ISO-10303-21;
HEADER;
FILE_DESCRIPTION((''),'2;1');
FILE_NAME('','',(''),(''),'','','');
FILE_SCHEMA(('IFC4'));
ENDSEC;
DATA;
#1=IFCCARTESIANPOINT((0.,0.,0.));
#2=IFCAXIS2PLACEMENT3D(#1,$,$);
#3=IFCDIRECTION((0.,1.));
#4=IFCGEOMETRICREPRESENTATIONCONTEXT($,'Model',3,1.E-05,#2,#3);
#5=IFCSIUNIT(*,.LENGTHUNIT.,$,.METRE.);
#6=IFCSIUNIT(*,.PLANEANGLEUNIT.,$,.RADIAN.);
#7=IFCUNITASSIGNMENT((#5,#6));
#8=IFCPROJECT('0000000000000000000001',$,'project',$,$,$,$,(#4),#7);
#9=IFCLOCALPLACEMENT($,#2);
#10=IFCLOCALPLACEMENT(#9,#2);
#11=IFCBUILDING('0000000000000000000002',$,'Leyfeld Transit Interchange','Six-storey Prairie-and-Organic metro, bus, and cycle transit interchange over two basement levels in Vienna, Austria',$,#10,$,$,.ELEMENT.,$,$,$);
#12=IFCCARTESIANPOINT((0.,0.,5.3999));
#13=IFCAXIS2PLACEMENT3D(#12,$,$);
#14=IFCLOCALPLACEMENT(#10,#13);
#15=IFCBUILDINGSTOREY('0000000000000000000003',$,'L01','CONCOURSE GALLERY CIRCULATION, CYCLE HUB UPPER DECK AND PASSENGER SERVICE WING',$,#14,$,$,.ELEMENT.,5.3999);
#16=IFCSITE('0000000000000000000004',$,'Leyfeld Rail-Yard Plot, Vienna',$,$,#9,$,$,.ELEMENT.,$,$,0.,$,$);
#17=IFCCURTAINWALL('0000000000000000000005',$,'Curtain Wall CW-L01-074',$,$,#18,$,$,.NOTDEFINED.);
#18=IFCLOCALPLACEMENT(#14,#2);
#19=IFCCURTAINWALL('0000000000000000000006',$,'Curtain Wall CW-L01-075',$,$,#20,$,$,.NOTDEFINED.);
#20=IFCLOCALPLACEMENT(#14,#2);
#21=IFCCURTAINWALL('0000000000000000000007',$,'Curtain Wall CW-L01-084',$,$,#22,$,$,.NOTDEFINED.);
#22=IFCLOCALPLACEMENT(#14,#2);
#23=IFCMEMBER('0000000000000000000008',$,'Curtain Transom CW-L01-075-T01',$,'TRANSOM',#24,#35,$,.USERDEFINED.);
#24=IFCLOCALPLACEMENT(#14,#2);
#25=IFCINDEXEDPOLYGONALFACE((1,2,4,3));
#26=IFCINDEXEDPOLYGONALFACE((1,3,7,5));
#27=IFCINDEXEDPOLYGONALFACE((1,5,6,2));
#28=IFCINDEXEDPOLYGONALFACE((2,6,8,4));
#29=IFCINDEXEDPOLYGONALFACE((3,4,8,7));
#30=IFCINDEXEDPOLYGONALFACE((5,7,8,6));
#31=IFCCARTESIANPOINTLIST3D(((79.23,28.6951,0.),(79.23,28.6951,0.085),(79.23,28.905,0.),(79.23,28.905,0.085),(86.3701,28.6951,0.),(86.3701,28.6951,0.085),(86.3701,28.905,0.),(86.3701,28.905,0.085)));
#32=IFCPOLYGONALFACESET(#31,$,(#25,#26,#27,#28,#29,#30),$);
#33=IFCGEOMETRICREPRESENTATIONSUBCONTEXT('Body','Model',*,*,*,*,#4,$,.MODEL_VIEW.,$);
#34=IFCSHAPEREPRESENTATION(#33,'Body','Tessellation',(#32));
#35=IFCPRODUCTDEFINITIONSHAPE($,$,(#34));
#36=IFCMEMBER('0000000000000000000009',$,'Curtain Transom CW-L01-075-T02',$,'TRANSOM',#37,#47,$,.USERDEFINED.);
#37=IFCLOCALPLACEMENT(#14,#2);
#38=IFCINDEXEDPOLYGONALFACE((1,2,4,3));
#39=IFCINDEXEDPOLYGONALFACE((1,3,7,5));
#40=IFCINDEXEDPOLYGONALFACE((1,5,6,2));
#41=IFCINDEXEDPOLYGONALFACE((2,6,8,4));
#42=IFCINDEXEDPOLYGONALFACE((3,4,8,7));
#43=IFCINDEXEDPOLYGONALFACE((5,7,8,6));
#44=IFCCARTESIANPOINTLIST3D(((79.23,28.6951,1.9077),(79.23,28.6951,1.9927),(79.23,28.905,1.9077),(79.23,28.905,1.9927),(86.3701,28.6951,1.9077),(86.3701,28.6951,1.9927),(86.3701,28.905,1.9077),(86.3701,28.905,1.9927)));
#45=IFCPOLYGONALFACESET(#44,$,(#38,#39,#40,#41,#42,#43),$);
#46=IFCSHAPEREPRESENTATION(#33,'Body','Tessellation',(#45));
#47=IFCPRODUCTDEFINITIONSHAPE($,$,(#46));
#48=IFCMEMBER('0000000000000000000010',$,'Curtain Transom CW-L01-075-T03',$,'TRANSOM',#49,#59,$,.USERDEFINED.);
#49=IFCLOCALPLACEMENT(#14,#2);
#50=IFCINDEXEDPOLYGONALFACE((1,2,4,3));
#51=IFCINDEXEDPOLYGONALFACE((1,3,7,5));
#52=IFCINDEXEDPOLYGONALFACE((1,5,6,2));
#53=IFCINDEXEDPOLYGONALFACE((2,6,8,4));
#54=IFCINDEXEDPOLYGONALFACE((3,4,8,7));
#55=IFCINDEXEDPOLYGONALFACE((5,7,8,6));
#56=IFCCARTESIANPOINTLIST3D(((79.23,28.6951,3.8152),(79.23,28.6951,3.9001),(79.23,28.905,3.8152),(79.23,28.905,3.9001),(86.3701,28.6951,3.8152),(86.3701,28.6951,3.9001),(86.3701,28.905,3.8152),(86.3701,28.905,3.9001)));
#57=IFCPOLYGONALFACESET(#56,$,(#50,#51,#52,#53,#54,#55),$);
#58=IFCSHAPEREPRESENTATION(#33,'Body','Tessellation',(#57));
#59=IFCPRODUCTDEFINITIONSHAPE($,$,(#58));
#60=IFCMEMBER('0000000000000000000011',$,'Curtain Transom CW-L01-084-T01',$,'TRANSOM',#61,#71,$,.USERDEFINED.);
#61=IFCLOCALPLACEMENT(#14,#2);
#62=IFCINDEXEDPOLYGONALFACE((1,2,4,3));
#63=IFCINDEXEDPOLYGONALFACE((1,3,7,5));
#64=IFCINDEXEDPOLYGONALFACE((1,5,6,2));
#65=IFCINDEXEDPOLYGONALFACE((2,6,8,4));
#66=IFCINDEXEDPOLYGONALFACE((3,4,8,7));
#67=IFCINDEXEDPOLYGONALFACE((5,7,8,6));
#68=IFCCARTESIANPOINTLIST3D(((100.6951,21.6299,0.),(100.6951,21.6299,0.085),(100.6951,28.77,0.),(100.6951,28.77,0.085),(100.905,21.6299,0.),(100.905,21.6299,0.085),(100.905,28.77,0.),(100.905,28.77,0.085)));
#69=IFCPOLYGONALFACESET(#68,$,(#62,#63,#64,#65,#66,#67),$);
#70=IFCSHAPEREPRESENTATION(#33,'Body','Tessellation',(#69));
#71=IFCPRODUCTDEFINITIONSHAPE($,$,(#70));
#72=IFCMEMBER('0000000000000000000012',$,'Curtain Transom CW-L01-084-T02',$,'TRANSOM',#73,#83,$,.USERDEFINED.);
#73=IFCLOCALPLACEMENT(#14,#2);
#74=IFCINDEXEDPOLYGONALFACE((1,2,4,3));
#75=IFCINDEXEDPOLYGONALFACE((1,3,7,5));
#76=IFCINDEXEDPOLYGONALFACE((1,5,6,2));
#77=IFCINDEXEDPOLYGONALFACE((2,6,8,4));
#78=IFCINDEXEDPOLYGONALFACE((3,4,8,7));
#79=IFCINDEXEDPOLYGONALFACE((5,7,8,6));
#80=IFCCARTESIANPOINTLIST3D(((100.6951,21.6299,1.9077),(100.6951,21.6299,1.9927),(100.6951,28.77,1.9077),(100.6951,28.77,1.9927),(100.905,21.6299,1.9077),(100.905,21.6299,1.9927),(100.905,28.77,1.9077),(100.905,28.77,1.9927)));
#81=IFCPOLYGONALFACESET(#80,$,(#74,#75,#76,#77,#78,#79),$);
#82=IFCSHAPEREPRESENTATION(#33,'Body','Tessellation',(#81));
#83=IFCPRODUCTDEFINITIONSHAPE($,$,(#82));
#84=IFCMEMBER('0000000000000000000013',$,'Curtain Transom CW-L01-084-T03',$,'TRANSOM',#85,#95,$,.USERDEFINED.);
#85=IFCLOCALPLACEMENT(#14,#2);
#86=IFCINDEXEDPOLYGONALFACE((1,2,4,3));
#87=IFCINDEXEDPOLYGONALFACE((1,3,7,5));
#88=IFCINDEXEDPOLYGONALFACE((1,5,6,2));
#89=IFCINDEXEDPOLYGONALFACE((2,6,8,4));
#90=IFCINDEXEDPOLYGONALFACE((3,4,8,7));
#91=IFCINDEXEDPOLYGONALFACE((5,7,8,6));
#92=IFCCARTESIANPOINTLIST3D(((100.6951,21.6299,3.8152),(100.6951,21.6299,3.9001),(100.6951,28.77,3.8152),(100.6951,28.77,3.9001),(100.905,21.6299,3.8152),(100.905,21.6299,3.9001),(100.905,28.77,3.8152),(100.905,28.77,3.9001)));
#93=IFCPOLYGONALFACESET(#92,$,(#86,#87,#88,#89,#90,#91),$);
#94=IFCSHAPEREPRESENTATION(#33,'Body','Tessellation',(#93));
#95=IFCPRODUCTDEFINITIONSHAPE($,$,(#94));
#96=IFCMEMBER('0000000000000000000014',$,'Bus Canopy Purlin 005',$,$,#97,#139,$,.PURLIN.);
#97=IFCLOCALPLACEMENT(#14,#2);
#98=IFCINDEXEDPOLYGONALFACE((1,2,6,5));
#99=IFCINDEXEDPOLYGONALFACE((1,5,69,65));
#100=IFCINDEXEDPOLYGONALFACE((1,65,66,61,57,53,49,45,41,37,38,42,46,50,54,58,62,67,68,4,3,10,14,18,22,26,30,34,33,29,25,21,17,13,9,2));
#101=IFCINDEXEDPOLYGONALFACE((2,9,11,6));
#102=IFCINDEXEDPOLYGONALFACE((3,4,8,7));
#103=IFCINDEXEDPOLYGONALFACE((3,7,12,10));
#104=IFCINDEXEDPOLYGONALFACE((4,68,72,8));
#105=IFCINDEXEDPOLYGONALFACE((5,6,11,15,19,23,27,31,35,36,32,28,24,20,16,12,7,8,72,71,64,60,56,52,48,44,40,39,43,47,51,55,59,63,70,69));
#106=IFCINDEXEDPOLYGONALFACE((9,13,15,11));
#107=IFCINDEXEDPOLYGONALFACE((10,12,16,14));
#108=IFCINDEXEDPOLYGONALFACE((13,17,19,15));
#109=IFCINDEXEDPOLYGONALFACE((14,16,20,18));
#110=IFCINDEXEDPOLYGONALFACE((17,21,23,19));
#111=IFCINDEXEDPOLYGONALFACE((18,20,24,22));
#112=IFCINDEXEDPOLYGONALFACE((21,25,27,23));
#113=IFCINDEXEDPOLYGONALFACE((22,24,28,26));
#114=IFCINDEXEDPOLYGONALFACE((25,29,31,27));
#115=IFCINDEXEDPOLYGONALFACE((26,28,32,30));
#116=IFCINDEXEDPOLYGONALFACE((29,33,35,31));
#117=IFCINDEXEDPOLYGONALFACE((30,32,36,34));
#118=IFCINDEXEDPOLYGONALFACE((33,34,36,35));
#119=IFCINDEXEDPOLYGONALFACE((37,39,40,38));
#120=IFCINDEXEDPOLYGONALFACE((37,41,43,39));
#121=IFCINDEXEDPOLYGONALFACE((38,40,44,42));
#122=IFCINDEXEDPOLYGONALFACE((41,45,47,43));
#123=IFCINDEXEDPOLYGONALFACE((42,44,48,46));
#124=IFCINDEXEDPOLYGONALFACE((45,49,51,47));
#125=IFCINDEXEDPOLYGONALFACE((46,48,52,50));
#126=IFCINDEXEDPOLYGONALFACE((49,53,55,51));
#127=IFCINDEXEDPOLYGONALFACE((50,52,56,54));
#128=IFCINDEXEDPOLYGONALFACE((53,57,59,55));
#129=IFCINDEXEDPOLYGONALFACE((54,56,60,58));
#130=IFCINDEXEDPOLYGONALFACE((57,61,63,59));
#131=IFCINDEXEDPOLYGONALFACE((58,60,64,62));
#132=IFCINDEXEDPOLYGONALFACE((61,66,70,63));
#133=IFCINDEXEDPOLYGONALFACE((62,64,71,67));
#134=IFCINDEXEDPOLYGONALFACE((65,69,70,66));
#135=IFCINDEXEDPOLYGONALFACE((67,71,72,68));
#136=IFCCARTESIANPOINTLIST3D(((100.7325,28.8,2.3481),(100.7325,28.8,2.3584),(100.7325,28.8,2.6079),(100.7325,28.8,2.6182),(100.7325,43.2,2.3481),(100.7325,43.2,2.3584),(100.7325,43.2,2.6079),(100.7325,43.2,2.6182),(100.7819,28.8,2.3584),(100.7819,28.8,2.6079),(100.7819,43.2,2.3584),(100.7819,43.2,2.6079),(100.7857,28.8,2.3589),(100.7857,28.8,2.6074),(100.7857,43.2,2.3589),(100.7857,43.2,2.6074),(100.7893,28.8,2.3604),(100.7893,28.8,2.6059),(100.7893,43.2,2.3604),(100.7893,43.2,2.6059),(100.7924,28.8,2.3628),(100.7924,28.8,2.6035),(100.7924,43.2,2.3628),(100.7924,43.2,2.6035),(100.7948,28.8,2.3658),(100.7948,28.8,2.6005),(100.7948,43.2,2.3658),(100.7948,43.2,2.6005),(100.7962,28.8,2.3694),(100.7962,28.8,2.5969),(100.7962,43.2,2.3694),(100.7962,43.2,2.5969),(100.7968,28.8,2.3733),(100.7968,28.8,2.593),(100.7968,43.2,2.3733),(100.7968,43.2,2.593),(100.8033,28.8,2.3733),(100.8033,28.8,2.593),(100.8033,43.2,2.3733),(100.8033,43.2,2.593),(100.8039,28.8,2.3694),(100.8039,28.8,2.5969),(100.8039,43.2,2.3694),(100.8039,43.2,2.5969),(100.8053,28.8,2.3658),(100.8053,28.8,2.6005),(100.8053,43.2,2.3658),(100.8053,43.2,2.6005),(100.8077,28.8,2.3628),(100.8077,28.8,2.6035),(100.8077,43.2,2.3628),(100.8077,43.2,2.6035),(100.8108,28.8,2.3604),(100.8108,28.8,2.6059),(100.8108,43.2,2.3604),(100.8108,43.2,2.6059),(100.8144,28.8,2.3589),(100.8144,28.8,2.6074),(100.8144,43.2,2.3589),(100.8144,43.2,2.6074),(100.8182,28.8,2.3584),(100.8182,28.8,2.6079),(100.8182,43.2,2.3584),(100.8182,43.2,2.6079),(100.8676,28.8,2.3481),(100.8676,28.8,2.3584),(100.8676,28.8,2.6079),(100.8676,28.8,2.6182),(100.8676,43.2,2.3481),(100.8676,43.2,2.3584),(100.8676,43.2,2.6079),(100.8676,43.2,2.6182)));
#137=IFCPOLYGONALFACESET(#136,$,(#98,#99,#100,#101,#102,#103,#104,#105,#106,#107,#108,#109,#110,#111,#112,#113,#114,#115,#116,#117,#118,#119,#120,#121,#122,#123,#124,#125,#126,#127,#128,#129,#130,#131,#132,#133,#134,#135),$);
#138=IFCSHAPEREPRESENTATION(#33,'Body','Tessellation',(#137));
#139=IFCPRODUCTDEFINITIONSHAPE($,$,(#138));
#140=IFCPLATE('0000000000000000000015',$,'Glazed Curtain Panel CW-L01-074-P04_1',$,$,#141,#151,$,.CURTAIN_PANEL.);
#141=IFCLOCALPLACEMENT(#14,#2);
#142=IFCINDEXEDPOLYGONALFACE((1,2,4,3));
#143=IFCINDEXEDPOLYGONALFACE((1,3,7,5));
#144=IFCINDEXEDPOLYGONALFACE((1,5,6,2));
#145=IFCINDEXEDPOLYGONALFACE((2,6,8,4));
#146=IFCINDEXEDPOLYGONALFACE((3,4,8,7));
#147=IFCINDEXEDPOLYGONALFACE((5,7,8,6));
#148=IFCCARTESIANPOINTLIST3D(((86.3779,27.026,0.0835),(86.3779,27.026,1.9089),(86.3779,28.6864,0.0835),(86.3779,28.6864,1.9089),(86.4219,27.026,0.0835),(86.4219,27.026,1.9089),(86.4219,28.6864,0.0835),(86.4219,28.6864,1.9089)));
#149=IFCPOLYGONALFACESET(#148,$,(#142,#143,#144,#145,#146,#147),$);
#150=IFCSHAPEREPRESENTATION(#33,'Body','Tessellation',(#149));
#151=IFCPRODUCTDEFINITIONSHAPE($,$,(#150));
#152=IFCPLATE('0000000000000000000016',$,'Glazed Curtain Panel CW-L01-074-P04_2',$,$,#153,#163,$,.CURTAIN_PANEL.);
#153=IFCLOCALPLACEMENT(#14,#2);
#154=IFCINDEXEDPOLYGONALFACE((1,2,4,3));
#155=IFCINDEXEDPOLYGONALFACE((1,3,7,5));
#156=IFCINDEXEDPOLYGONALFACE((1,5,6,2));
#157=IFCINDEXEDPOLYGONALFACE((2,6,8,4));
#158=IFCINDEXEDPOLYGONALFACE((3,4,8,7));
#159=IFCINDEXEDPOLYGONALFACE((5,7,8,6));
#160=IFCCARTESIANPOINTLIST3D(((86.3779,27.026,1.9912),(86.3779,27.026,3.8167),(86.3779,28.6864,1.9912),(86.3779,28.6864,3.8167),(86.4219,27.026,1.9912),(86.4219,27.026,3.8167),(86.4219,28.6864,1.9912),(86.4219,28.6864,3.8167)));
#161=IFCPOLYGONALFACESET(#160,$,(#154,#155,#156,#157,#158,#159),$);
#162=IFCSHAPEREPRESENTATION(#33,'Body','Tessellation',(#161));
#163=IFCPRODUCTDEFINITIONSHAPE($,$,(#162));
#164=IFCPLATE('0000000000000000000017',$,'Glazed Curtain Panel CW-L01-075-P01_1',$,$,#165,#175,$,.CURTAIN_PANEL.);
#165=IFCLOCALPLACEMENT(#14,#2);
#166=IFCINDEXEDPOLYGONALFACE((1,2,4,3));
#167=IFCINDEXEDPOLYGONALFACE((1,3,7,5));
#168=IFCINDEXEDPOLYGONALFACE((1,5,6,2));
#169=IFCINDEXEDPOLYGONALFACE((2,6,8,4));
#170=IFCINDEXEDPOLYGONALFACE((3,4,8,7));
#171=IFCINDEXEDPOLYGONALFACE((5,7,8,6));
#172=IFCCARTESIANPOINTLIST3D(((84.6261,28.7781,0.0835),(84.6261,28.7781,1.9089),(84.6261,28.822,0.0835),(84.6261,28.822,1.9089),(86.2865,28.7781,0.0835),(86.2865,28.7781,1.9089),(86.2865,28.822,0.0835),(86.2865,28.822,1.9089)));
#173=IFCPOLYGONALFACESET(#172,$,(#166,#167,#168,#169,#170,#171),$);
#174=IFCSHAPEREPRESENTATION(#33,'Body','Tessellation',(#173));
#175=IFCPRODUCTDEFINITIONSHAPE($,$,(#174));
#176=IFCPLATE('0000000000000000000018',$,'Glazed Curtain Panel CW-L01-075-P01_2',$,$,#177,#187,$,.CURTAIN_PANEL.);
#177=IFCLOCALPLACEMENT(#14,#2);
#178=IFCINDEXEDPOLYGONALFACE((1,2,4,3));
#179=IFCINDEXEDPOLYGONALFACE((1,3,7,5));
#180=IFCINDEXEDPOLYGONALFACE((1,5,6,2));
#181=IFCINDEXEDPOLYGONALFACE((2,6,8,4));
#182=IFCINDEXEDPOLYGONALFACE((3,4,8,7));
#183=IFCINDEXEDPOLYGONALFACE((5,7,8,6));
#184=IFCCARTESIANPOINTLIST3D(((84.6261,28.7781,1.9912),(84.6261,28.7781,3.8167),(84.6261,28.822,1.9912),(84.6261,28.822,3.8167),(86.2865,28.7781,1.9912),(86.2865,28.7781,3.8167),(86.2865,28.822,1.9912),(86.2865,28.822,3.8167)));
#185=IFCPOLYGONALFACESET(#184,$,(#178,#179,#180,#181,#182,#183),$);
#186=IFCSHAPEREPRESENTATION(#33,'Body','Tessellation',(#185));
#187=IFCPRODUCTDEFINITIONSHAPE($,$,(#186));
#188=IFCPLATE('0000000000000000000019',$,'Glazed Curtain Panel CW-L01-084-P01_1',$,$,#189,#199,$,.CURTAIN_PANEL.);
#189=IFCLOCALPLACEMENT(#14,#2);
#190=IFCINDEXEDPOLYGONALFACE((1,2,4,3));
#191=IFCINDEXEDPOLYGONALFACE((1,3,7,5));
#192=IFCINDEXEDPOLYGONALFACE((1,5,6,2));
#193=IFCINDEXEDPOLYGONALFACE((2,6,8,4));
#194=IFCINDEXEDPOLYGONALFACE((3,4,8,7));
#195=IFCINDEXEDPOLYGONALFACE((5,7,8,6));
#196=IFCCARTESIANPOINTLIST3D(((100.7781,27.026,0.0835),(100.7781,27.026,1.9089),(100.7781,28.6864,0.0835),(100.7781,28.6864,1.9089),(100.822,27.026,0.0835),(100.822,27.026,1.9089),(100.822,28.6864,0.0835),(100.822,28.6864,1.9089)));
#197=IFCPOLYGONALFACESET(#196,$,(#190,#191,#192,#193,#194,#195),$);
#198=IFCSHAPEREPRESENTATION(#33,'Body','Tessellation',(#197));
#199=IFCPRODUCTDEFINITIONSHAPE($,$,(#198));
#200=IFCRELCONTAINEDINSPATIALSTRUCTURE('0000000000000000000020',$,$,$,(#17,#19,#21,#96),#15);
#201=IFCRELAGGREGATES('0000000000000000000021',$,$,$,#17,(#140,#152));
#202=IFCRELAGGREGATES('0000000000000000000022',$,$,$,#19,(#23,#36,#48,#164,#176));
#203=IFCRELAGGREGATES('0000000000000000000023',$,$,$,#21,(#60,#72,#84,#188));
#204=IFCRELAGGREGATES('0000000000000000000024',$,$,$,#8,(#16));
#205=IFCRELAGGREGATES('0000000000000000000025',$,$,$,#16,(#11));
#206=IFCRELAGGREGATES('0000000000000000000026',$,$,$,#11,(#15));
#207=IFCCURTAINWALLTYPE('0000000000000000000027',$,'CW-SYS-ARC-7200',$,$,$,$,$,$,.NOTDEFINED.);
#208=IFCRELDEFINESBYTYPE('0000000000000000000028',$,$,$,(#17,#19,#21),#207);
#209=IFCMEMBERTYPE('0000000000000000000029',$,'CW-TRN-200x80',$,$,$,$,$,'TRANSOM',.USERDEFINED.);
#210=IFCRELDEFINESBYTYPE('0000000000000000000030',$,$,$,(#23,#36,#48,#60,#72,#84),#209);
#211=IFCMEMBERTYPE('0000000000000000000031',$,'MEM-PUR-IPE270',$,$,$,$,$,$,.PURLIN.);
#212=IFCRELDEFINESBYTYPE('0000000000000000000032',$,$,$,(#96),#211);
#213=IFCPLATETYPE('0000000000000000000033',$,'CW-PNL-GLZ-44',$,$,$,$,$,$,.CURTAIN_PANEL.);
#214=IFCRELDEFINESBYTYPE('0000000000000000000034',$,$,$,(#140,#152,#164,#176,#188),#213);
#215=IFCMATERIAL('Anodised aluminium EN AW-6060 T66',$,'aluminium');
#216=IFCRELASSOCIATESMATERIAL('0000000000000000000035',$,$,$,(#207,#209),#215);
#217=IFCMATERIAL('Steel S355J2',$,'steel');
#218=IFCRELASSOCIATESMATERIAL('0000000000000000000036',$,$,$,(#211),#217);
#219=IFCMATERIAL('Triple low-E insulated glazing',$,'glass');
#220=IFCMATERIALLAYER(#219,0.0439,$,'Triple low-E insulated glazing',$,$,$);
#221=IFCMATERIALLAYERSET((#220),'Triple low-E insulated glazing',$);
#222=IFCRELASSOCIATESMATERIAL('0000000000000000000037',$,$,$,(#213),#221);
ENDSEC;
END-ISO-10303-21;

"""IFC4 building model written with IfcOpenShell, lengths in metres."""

from ifc_helpers import new_model, si_unit, direction, frame, origin, origin_2d, place, context, subcontext, project, spatial, rectangle, i_section, extrude, material, layer, layer_set, material_profile, profile_set, type_object, element, aggregate, save


model = new_model("IFC4")

# Units and contexts
model_context = context("Model", 3, precision=1e-05, world=origin(), true_north=direction((0.0, 1.0)))
body_context = subcontext(model_context, "Body", "Model", "MODEL_VIEW")
ifc_project = project(units=[si_unit("LENGTHUNIT", "METRE"), si_unit("PLANEANGLEUNIT", "RADIAN")], contexts=[model_context])

# Site, building, storey
site_placement = place(None, origin())
site = spatial("IfcSite", under=ifc_project, at=site_placement, Name="Leyfeld Rail-Yard Plot, Vienna", CompositionType="ELEMENT", RefElevation=0.0)
building_placement = place(site_placement, origin())
building = spatial("IfcBuilding", under=site, at=building_placement, Name="Leyfeld Transit Interchange", Description="Six-storey Prairie-and-Organic metro, bus, and cycle transit interchange over two basement levels in Vienna, Austria", CompositionType="ELEMENT")
storey_placement = place(building_placement, frame((0.0, 0.0, 5.3999)))
storey = spatial("IfcBuildingStorey", under=building, at=storey_placement, Name="L01", Description="CONCOURSE GALLERY CIRCULATION, CYCLE HUB UPPER DECK AND PASSENGER SERVICE WING", CompositionType="ELEMENT", Elevation=5.3999)

# Shared definitions
ifc_material_1 = material(Name="Steel S355J2", Category="steel")

# Curtain walls
ifc_material_2 = material(Name="Anodised aluminium EN AW-6060 T66", Category="aluminium")
curtain_wall_type = type_object("IfcCurtainWallType", Name="CW-SYS-ARC-7200", PredefinedType="NOTDEFINED", material=ifc_material_2)
curtain_wall_1_placement = place(storey_placement, origin())
curtain_wall_1 = element("IfcCurtainWall", 1, at=curtain_wall_1_placement, inside=storey, type_object=curtain_wall_type, Name="Curtain Wall CW-L01-074", PredefinedType="NOTDEFINED")
curtain_wall_2_placement = place(storey_placement, origin())
curtain_wall_2 = element("IfcCurtainWall", 2, at=curtain_wall_2_placement, inside=storey, type_object=curtain_wall_type, Name="Curtain Wall CW-L01-075", PredefinedType="NOTDEFINED")

# Curtain wall
curtain_wall_3_placement = place(storey_placement, origin())
curtain_wall_3 = element("IfcCurtainWall", 3, at=curtain_wall_3_placement, inside=storey, type_object=curtain_wall_type, Name="Curtain Wall CW-L01-084", PredefinedType="NOTDEFINED")

# Members
ifc_material_profile_1 = material_profile(ifc_material_2, rectangle(XDim=0.21, YDim=0.085, at=origin_2d()), Name="CW-TRN-200x80")
ifc_profile_set_1 = profile_set([ifc_material_profile_1], Name="Anodised aluminium EN AW-6060 T66")
member_type_1 = type_object("IfcMemberType", Name="CW-TRN-200x80", ElementType="TRANSOM", PredefinedType="USERDEFINED", material=ifc_profile_set_1)
member_1_placement = place(storey_placement, frame((86.3701, 28.8, 0.0425), z_axis=(-1.0, 0.0, 0.0), x_axis=(0.0, -1.0, 0.0)))
member_1 = element("IfcMember", 4, at=member_1_placement, type_object=member_type_1, Name="Curtain Transom CW-L01-075-T01", ObjectType="TRANSOM", PredefinedType="USERDEFINED", context=body_context, shape_type="SweptSolid", body=[
    extrude(rectangle(XDim=0.21, YDim=0.085, at=origin_2d()), origin(), (0.0, 0.0, 1.0), 7.1401),
])
member_2_placement = place(storey_placement, frame((86.3701, 28.8, 1.9502), z_axis=(-1.0, 0.0, 0.0), x_axis=(0.0, -1.0, 0.0)))
member_2 = element("IfcMember", 5, at=member_2_placement, type_object=member_type_1, Name="Curtain Transom CW-L01-075-T02", ObjectType="TRANSOM", PredefinedType="USERDEFINED", context=body_context, shape_type="SweptSolid", body=[
    extrude(rectangle(XDim=0.21, YDim=0.085, at=origin_2d()), origin(), (0.0, 0.0, 1.0), 7.1401),
])
member_3_placement = place(storey_placement, frame((86.3701, 28.8, 3.8577), z_axis=(-1.0, 0.0, 0.0), x_axis=(0.0, -1.0, 0.0)))
member_3 = element("IfcMember", 6, at=member_3_placement, type_object=member_type_1, Name="Curtain Transom CW-L01-075-T03", ObjectType="TRANSOM", PredefinedType="USERDEFINED", context=body_context, shape_type="SweptSolid", body=[
    extrude(rectangle(XDim=0.21, YDim=0.085, at=origin_2d()), origin(), (0.0, 0.0, 1.0), 7.1401),
])
member_4_placement = place(storey_placement, frame((100.8, 28.77, 0.0425), z_axis=(0.0, -1.0, 0.0), x_axis=(1.0, 0.0, 0.0)))
member_4 = element("IfcMember", 7, at=member_4_placement, type_object=member_type_1, Name="Curtain Transom CW-L01-084-T01", ObjectType="TRANSOM", PredefinedType="USERDEFINED", context=body_context, shape_type="SweptSolid", body=[
    extrude(rectangle(XDim=0.21, YDim=0.085, at=origin_2d()), origin(), (0.0, 0.0, 1.0), 7.1401),
])
member_5_placement = place(storey_placement, frame((100.8, 28.77, 1.9502), z_axis=(0.0, -1.0, 0.0), x_axis=(1.0, 0.0, 0.0)))
member_5 = element("IfcMember", 8, at=member_5_placement, type_object=member_type_1, Name="Curtain Transom CW-L01-084-T02", ObjectType="TRANSOM", PredefinedType="USERDEFINED", context=body_context, shape_type="SweptSolid", body=[
    extrude(rectangle(XDim=0.21, YDim=0.085, at=origin_2d()), origin(), (0.0, 0.0, 1.0), 7.1401),
])
member_6_placement = place(storey_placement, frame((100.8, 28.77, 3.8577), z_axis=(0.0, -1.0, 0.0), x_axis=(1.0, 0.0, 0.0)))
member_6 = element("IfcMember", 9, at=member_6_placement, type_object=member_type_1, Name="Curtain Transom CW-L01-084-T03", ObjectType="TRANSOM", PredefinedType="USERDEFINED", context=body_context, shape_type="SweptSolid", body=[
    extrude(rectangle(XDim=0.21, YDim=0.085, at=origin_2d()), origin(), (0.0, 0.0, 1.0), 7.1401),
])
ifc_material_profile_2 = material_profile(ifc_material_1, i_section(OverallWidth=0.135, OverallDepth=0.27, WebThickness=0.0066, FlangeThickness=0.0103, FilletRadius=0.0149, at=origin_2d()), Name="IPE 270")
ifc_profile_set_2 = profile_set([ifc_material_profile_2], Name="Steel S355J2")
member_type_2 = type_object("IfcMemberType", Name="MEM-PUR-IPE270", PredefinedType="PURLIN", material=ifc_profile_set_2)
member_7_placement = place(storey_placement, frame((100.8, 28.8, 2.4832), z_axis=(0.0, 1.0, 0.0), x_axis=(-1.0, 0.0, 0.0)))
element("IfcMember", 10, at=member_7_placement, inside=storey, type_object=member_type_2, Name="Bus Canopy Purlin 005", PredefinedType="PURLIN", context=body_context, shape_type="SweptSolid", body=[
    extrude(i_section(OverallWidth=0.135, OverallDepth=0.27, WebThickness=0.0066, FlangeThickness=0.0103, FilletRadius=0.0149, at=origin_2d()), origin(), (0.0, 0.0, 1.0), 14.3999),
])

# Plates
ifc_material_3 = material(Name="Triple low-E insulated glazing", Category="glass")
ifc_layer = layer(ifc_material_3, 0.0439, Name="Triple low-E insulated glazing")
ifc_layer_set = layer_set([ifc_layer], Name="Triple low-E insulated glazing")
plate_type = type_object("IfcPlateType", Name="CW-PNL-GLZ-44", PredefinedType="CURTAIN_PANEL", material=ifc_layer_set)
plate_1_placement = place(storey_placement, frame((86.3999, 27.8562, 0.0835), z_axis=(0.0, 0.0, 1.0), x_axis=(0.0, 1.0, 0.0)))
plate_1 = element("IfcPlate", 11, at=plate_1_placement, type_object=plate_type, Name="Glazed Curtain Panel CW-L01-074-P04_1", PredefinedType="CURTAIN_PANEL", context=body_context, shape_type="SweptSolid", body=[
    extrude(rectangle(XDim=1.6604, YDim=0.0439, at=origin_2d()), origin(), (0.0, 0.0, 1.0), 1.8254),
])
plate_2_placement = place(storey_placement, frame((86.3999, 27.8562, 1.9912), z_axis=(0.0, 0.0, 1.0), x_axis=(0.0, 1.0, 0.0)))
plate_2 = element("IfcPlate", 12, at=plate_2_placement, type_object=plate_type, Name="Glazed Curtain Panel CW-L01-074-P04_2", PredefinedType="CURTAIN_PANEL", context=body_context, shape_type="SweptSolid", body=[
    extrude(rectangle(XDim=1.6604, YDim=0.0439, at=origin_2d()), origin(), (0.0, 0.0, 1.0), 1.8254),
])
aggregate(curtain_wall_1, [plate_1, plate_2])
plate_3_placement = place(storey_placement, frame((85.4563, 28.8, 0.0835), z_axis=(0.0, 0.0, 1.0), x_axis=(-1.0, 0.0, 0.0)))
plate_3 = element("IfcPlate", 13, at=plate_3_placement, type_object=plate_type, Name="Glazed Curtain Panel CW-L01-075-P01_1", PredefinedType="CURTAIN_PANEL", context=body_context, shape_type="SweptSolid", body=[
    extrude(rectangle(XDim=1.6604, YDim=0.0439, at=origin_2d()), origin(), (0.0, 0.0, 1.0), 1.8254),
])
plate_4_placement = place(storey_placement, frame((85.4563, 28.8, 1.9912), z_axis=(0.0, 0.0, 1.0), x_axis=(-1.0, 0.0, 0.0)))
plate_4 = element("IfcPlate", 14, at=plate_4_placement, type_object=plate_type, Name="Glazed Curtain Panel CW-L01-075-P01_2", PredefinedType="CURTAIN_PANEL", context=body_context, shape_type="SweptSolid", body=[
    extrude(rectangle(XDim=1.6604, YDim=0.0439, at=origin_2d()), origin(), (0.0, 0.0, 1.0), 1.8254),
])
aggregate(curtain_wall_2, [member_1, member_2, member_3, plate_3, plate_4])
plate_5_placement = place(storey_placement, frame((100.8, 27.8562, 0.0835), z_axis=(0.0, 0.0, 1.0), x_axis=(0.0, -1.0, 0.0)))
plate_5 = element("IfcPlate", 15, at=plate_5_placement, type_object=plate_type, Name="Glazed Curtain Panel CW-L01-084-P01_1", PredefinedType="CURTAIN_PANEL", context=body_context, shape_type="SweptSolid", body=[
    extrude(rectangle(XDim=1.6604, YDim=0.0439, at=origin_2d()), origin(), (0.0, 0.0, 1.0), 1.8254),
])
aggregate(curtain_wall_3, [member_4, member_5, member_6, plate_5])

save(model, "model.ifc")
